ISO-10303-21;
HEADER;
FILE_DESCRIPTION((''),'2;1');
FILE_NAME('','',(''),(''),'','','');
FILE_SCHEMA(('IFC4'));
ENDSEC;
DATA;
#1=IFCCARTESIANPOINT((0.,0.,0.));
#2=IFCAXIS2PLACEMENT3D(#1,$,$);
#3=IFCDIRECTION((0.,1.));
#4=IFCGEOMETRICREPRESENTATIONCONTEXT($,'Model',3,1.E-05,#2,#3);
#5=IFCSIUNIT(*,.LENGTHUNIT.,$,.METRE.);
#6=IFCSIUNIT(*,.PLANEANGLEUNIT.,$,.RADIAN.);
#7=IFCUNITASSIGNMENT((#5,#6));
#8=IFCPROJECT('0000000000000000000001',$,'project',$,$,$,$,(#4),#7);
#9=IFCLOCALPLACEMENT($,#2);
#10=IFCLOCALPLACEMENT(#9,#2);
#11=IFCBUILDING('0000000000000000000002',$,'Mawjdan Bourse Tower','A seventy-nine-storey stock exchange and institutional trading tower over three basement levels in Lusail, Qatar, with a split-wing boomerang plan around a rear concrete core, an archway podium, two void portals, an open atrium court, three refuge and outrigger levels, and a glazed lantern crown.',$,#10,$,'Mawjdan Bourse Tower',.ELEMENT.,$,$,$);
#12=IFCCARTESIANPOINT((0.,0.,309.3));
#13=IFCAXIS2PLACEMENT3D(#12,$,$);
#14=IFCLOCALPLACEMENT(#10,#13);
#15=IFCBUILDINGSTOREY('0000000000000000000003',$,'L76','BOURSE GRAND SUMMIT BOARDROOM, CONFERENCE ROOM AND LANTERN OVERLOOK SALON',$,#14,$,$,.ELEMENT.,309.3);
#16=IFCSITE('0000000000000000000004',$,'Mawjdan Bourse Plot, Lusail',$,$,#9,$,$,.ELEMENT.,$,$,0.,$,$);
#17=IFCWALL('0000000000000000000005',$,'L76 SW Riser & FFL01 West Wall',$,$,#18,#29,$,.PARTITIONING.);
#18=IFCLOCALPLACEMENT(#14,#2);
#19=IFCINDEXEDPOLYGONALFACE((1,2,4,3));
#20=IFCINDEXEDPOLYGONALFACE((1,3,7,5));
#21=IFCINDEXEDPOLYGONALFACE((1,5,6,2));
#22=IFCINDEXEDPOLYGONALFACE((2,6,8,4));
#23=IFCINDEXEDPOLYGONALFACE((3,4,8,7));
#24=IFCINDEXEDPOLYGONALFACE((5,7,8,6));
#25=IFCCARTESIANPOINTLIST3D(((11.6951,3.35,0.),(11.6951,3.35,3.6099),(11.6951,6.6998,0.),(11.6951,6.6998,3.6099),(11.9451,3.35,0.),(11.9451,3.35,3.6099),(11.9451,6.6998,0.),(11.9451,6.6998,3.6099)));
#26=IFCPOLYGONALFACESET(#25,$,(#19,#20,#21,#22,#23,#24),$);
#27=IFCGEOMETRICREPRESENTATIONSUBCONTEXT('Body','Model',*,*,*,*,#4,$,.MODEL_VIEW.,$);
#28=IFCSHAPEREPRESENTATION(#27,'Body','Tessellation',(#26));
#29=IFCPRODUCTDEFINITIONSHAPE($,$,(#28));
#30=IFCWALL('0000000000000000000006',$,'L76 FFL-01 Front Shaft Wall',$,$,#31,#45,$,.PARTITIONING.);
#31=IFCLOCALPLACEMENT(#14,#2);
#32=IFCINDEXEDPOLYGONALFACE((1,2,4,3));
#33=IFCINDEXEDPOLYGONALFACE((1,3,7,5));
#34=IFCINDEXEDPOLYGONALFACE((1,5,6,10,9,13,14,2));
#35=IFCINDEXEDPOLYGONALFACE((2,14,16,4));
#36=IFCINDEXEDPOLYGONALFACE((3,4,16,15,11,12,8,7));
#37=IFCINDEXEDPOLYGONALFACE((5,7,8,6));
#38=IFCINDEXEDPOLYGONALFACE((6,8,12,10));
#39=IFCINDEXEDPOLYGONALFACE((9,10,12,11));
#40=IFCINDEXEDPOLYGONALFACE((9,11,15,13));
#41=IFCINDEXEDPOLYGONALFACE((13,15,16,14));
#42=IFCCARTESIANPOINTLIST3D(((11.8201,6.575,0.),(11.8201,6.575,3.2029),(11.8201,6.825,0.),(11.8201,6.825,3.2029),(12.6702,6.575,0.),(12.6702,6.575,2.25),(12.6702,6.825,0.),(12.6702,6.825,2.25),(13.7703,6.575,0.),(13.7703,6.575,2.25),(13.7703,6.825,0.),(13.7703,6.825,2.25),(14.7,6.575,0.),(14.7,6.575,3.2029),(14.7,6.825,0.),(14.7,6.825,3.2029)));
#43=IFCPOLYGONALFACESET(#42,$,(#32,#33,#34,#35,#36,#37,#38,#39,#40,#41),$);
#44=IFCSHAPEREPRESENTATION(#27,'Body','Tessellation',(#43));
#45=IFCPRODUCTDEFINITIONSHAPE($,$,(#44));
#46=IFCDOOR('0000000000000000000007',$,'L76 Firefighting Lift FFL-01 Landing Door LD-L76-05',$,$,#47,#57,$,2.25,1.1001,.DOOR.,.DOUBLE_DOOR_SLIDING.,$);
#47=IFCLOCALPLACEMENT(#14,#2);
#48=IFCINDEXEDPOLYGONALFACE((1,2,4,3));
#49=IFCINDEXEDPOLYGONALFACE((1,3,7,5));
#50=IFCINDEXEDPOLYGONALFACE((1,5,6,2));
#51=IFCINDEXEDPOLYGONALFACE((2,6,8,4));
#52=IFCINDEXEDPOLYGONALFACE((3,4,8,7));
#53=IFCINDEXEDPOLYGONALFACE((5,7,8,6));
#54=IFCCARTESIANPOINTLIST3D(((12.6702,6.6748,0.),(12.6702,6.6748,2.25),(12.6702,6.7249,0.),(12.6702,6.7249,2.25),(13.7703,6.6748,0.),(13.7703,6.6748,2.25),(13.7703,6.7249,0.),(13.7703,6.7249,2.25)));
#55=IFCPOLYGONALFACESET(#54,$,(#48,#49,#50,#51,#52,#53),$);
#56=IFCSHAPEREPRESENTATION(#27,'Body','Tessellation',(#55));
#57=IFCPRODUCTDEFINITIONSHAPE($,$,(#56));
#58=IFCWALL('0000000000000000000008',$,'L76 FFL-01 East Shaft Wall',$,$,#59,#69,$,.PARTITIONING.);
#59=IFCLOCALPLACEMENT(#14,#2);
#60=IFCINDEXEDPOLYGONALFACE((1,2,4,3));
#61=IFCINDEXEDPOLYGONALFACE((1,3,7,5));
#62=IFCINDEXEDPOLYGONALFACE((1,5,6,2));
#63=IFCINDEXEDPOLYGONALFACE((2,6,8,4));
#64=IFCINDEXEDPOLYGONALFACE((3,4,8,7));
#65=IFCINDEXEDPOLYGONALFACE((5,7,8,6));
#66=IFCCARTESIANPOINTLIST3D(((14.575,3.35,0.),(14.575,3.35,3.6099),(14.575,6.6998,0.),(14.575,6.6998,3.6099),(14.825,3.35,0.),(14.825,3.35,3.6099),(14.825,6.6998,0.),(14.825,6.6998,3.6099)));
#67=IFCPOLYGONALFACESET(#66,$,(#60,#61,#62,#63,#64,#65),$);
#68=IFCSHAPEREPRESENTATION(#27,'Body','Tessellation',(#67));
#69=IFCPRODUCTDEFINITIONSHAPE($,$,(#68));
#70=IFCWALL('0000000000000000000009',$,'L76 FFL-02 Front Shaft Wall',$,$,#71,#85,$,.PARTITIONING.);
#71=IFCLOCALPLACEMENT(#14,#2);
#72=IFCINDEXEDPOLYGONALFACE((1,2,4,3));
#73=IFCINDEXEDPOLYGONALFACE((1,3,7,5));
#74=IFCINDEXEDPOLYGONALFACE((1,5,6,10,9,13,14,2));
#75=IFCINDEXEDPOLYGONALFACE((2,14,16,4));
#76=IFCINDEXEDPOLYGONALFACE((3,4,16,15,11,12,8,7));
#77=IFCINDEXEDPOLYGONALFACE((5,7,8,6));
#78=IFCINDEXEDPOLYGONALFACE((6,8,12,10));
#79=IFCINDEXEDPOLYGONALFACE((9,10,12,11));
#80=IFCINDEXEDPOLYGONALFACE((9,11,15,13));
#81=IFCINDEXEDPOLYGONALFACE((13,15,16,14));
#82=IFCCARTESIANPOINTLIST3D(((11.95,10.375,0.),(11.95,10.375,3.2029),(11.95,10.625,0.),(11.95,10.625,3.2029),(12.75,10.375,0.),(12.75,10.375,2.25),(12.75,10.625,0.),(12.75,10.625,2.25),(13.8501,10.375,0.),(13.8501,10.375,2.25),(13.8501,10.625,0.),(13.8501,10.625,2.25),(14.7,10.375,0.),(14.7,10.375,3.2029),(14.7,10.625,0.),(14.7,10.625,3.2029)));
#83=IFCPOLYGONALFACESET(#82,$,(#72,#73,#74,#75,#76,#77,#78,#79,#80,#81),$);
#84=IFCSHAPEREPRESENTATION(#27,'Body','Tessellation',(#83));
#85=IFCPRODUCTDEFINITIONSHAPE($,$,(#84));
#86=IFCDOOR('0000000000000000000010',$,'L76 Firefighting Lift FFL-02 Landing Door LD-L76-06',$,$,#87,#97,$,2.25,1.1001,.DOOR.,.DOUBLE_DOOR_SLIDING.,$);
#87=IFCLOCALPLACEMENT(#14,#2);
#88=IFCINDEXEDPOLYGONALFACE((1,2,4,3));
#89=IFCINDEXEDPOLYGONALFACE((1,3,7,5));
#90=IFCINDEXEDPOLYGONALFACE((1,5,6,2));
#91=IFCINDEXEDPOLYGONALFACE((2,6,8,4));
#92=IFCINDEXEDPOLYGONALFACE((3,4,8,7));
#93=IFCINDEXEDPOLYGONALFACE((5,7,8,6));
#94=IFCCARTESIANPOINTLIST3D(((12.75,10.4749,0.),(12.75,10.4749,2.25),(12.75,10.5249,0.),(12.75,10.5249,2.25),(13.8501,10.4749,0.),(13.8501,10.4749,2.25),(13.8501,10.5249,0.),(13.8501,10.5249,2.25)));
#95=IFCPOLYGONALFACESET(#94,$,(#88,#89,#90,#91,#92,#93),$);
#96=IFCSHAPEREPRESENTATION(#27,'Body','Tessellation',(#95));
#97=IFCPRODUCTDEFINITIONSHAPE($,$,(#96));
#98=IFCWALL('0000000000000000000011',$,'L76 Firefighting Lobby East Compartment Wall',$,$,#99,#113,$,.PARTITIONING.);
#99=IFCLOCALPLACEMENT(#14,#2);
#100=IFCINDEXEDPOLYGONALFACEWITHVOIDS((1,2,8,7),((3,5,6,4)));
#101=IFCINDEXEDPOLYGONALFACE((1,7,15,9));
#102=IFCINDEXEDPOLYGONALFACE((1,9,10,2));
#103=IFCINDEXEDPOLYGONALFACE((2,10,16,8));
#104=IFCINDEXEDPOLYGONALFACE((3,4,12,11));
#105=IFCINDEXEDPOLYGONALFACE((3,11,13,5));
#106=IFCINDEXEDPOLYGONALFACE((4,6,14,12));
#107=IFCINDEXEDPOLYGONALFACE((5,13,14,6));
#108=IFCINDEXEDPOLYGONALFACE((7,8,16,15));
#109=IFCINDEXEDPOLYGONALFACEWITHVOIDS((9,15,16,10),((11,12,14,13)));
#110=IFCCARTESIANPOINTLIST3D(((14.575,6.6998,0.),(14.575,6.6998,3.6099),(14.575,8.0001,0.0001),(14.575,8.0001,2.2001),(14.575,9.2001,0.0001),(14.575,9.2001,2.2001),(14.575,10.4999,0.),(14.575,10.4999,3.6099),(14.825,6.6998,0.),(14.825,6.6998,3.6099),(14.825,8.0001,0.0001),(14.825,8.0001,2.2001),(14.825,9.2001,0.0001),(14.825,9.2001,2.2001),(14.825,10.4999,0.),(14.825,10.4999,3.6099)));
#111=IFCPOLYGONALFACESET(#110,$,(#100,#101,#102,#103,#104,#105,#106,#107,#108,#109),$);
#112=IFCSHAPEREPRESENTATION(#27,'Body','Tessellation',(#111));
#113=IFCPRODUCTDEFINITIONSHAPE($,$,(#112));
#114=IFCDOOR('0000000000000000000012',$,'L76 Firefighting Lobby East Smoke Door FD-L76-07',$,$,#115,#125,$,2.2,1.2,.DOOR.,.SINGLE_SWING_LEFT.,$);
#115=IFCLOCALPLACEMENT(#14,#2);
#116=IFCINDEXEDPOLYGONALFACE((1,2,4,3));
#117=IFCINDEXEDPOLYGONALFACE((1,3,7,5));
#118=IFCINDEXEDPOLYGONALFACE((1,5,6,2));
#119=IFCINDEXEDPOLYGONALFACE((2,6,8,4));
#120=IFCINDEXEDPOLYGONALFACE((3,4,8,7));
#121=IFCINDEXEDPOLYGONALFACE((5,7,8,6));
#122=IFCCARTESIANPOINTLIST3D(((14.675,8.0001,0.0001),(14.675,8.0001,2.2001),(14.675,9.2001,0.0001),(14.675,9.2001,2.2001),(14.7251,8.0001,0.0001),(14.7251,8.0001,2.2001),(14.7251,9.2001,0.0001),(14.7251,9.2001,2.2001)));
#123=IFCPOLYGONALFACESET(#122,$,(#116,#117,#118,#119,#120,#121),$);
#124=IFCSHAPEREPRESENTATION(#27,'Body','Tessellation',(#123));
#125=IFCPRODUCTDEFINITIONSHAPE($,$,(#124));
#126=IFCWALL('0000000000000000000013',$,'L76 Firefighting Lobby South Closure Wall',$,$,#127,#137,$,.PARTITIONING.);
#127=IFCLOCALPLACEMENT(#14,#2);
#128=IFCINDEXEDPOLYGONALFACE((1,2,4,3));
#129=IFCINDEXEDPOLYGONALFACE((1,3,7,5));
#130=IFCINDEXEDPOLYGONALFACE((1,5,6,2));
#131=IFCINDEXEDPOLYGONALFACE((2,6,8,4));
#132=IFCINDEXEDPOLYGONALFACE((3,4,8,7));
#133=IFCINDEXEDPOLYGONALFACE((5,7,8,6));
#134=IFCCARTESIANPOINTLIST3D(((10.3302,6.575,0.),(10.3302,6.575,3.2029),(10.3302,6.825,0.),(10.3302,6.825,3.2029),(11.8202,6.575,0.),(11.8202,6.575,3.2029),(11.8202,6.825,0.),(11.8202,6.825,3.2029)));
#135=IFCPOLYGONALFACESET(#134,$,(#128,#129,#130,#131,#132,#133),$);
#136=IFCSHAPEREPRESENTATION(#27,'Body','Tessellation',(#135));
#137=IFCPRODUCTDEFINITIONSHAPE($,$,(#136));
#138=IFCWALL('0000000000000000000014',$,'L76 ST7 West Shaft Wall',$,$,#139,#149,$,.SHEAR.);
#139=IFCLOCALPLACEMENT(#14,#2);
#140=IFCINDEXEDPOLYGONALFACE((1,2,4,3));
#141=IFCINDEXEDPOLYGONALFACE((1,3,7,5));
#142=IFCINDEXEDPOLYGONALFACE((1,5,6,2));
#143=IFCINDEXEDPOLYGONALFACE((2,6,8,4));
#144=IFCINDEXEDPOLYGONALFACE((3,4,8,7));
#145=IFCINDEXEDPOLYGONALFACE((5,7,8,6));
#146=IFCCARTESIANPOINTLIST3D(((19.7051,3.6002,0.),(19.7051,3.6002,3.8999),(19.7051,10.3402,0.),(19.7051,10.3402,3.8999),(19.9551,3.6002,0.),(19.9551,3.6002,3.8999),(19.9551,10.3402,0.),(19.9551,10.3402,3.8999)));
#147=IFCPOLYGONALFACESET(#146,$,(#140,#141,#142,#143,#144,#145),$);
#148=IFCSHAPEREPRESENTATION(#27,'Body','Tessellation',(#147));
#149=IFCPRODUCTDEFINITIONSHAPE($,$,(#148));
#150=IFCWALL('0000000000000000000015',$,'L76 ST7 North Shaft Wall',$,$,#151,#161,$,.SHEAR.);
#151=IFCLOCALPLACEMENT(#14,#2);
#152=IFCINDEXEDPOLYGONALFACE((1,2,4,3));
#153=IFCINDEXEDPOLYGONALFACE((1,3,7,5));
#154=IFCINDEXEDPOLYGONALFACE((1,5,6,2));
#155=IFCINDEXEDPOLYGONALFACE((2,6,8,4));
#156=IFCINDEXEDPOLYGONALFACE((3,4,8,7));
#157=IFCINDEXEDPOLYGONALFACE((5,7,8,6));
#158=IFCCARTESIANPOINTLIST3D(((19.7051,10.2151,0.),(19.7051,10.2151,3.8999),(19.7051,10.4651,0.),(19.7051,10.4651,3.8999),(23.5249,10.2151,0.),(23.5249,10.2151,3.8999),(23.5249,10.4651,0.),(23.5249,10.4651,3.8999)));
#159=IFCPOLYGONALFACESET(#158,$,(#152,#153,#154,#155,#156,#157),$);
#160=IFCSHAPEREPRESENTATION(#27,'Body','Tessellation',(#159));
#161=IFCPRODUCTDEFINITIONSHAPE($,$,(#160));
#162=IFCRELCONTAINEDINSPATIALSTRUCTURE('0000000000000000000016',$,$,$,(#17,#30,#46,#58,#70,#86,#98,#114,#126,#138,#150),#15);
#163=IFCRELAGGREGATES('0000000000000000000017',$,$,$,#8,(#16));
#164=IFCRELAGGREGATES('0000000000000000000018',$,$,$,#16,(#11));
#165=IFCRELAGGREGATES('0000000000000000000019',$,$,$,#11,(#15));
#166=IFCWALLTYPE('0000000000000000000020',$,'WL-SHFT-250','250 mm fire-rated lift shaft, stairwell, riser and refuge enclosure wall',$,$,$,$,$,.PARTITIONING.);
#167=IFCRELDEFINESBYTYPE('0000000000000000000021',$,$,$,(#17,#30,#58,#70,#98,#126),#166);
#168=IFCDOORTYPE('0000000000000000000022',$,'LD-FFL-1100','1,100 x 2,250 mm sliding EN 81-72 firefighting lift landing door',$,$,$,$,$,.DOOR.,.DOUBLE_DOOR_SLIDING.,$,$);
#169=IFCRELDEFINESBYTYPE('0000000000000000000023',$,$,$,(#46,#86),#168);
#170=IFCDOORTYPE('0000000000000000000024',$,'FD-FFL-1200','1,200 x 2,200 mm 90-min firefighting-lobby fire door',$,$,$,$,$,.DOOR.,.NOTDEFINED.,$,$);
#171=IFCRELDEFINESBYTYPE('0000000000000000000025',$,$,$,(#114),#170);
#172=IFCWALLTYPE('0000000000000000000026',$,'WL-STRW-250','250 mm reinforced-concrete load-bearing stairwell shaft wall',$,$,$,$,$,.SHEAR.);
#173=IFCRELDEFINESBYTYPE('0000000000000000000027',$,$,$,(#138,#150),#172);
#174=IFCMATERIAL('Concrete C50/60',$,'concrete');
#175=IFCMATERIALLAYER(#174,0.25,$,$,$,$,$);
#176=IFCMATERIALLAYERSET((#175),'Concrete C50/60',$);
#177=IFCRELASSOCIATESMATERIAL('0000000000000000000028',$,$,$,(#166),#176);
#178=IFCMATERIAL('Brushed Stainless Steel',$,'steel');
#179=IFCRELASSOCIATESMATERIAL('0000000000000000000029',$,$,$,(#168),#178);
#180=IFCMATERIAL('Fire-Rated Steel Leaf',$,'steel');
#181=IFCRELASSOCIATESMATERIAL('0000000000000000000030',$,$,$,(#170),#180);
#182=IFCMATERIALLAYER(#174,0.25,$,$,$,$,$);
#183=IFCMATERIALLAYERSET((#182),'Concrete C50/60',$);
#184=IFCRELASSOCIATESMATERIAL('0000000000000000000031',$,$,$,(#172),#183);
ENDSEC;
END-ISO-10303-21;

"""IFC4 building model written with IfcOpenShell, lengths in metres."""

from ifc_helpers import new_model, si_unit, direction, frame, frame_2d, origin, place, context, subcontext, project, spatial, rectangle, extrude, material, layer, layer_set, type_object, element, fill, save


model = new_model("IFC4")

# Units and contexts
model_context = context("Model", 3, precision=1e-05, world=origin(), true_north=direction((0.0, 1.0)))
body_context = subcontext(model_context, "Body", "Model", "MODEL_VIEW")
ifc_project = project(units=[si_unit("LENGTHUNIT", "METRE"), si_unit("PLANEANGLEUNIT", "RADIAN")], contexts=[model_context])

# Site, building, storey
site_placement = place(None, origin())
site = spatial("IfcSite", under=ifc_project, at=site_placement, Name="Mawjdan Bourse Plot, Lusail", CompositionType="ELEMENT", RefElevation=0.0)
building_placement = place(site_placement, origin())
building = spatial("IfcBuilding", under=site, at=building_placement, Name="Mawjdan Bourse Tower", Description="A seventy-nine-storey stock exchange and institutional trading tower over three basement levels in Lusail, Qatar, with a split-wing boomerang plan around a rear concrete core, an archway podium, two void portals, an open atrium court, three refuge and outrigger levels, and a glazed lantern crown.", LongName="Mawjdan Bourse Tower", CompositionType="ELEMENT")
storey_placement = place(building_placement, frame((0.0, 0.0, 309.3)))
storey = spatial("IfcBuildingStorey", under=building, at=storey_placement, Name="L76", Description="BOURSE GRAND SUMMIT BOARDROOM, CONFERENCE ROOM AND LANTERN OVERLOOK SALON", CompositionType="ELEMENT", Elevation=309.3)

# Wall
ifc_material_1 = material(Name="Concrete C50/60", Category="concrete")
ifc_layer_1 = layer(ifc_material_1, 0.25)
ifc_layer_set_1 = layer_set([ifc_layer_1], Name="Concrete C50/60")
wall_type_1 = type_object("IfcWallType", Name="WL-SHFT-250", Description="250 mm fire-rated lift shaft, stairwell, riser and refuge enclosure wall", PredefinedType="PARTITIONING", material=ifc_layer_set_1)
wall_1_placement = place(storey_placement, frame((11.8201, 3.3501, 0.0), z_axis=(0.0, 0.0, 1.0), x_axis=(0.0, 1.0, 0.0)))
element("IfcWall", 1, at=wall_1_placement, inside=storey, type_object=wall_type_1, Name="L76 SW Riser & FFL01 West Wall", PredefinedType="PARTITIONING", context=body_context, shape_type="SweptSolid", body=[
    extrude(rectangle(XDim=3.3499, YDim=0.25, at=frame_2d((1.6748, 0.0))), origin(), (0.0, 0.0, 1.0), 3.6099),
])

# Wall, opening, door
wall_2_placement = place(storey_placement, frame((11.8201, 6.7, 0.0), z_axis=(0.0, 0.0, 1.0), x_axis=(1.0, 0.0, 0.0)))
wall_2 = element("IfcWall", 2, at=wall_2_placement, inside=storey, type_object=wall_type_1, Name="L76 FFL-01 Front Shaft Wall", PredefinedType="PARTITIONING", context=body_context, shape_type="SweptSolid", body=[
    extrude(rectangle(XDim=2.8799, YDim=0.25, at=frame_2d((1.4399, 0.0))), origin(), (0.0, 0.0, 1.0), 3.2029),
])
opening_1_placement = place(wall_2_placement, frame((0.8501, 0.0, 0.0)))
opening_1 = element("IfcOpeningElement", 3, at=opening_1_placement, cuts=wall_2, PredefinedType="OPENING", context=body_context, shape_type="SweptSolid", body=[
    extrude(rectangle(XDim=1.1001, YDim=2.25, at=frame_2d((0.55, 1.125))), frame((0.0, 0.135, 0.0), z_axis=(0.0, -1.0, 0.0), x_axis=(1.0, 0.0, 0.0)), (0.0, 0.0, 1.0), 0.27),
])
ifc_material_2 = material(Name="Brushed Stainless Steel", Category="steel")
door_type_1 = type_object("IfcDoorType", Name="LD-FFL-1100", Description="1,100 x 2,250 mm sliding EN 81-72 firefighting lift landing door", OperationType="DOUBLE_DOOR_SLIDING", PredefinedType="DOOR", material=ifc_material_2)
door_1_placement = place(opening_1_placement, origin())
door_1 = element("IfcDoor", 4, at=door_1_placement, inside=storey, type_object=door_type_1, Name="L76 Firefighting Lift FFL-01 Landing Door LD-L76-05", OperationType="DOUBLE_DOOR_SLIDING", OverallHeight=2.25, OverallWidth=1.1001, PredefinedType="DOOR", context=body_context, shape_type="SweptSolid", body=[
    extrude(rectangle(XDim=1.1001, YDim=2.25, at=frame_2d((0.55, 1.125))), frame((0.0, 0.0249, 0.0), z_axis=(0.0, -1.0, 0.0), x_axis=(1.0, 0.0, 0.0)), (0.0, 0.0, 1.0), 0.05),
])
fill(opening_1, door_1)

# Wall
wall_3_placement = place(storey_placement, frame((14.7, 3.3501, 0.0), z_axis=(0.0, 0.0, 1.0), x_axis=(0.0, 1.0, 0.0)))
element("IfcWall", 5, at=wall_3_placement, inside=storey, type_object=wall_type_1, Name="L76 FFL-01 East Shaft Wall", PredefinedType="PARTITIONING", context=body_context, shape_type="SweptSolid", body=[
    extrude(rectangle(XDim=3.3499, YDim=0.25, at=frame_2d((1.6748, 0.0))), origin(), (0.0, 0.0, 1.0), 3.6099),
])

# Walls, openings, doors
wall_4_placement = place(storey_placement, frame((11.95, 10.5, 0.0), z_axis=(0.0, 0.0, 1.0), x_axis=(1.0, 0.0, 0.0)))
wall_4 = element("IfcWall", 6, at=wall_4_placement, inside=storey, type_object=wall_type_1, Name="L76 FFL-02 Front Shaft Wall", PredefinedType="PARTITIONING", context=body_context, shape_type="SweptSolid", body=[
    extrude(rectangle(XDim=2.75, YDim=0.25, at=frame_2d((1.375, 0.0))), origin(), (0.0, 0.0, 1.0), 3.2029),
])
opening_2_placement = place(wall_4_placement, frame((0.8, 0.0, 0.0)))
opening_2 = element("IfcOpeningElement", 7, at=opening_2_placement, cuts=wall_4, PredefinedType="OPENING", context=body_context, shape_type="SweptSolid", body=[
    extrude(rectangle(XDim=1.1001, YDim=2.25, at=frame_2d((0.55, 1.125))), frame((0.0, 0.135, 0.0), z_axis=(0.0, -1.0, 0.0), x_axis=(1.0, 0.0, 0.0)), (0.0, 0.0, 1.0), 0.27),
])
door_2_placement = place(opening_2_placement, origin())
door_2 = element("IfcDoor", 8, at=door_2_placement, inside=storey, type_object=door_type_1, Name="L76 Firefighting Lift FFL-02 Landing Door LD-L76-06", OperationType="DOUBLE_DOOR_SLIDING", OverallHeight=2.25, OverallWidth=1.1001, PredefinedType="DOOR", context=body_context, shape_type="SweptSolid", body=[
    extrude(rectangle(XDim=1.1001, YDim=2.25, at=frame_2d((0.55, 1.125))), frame((0.0, 0.0249, 0.0), z_axis=(0.0, -1.0, 0.0), x_axis=(1.0, 0.0, 0.0)), (0.0, 0.0, 1.0), 0.05),
])
fill(opening_2, door_2)
wall_5_placement = place(storey_placement, frame((14.7, 6.7, 0.0), z_axis=(0.0, 0.0, 1.0), x_axis=(0.0, 1.0, 0.0)))
wall_5 = element("IfcWall", 9, at=wall_5_placement, inside=storey, type_object=wall_type_1, Name="L76 Firefighting Lobby East Compartment Wall", PredefinedType="PARTITIONING", context=body_context, shape_type="SweptSolid", body=[
    extrude(rectangle(XDim=3.8, YDim=0.25, at=frame_2d((1.8999, 0.0))), origin(), (0.0, 0.0, 1.0), 3.6099),
])
opening_3_placement = place(wall_5_placement, frame((1.3, 0.0, 0.0)))
opening_3 = element("IfcOpeningElement", 10, at=opening_3_placement, cuts=wall_5, PredefinedType="OPENING", context=body_context, shape_type="SweptSolid", body=[
    extrude(rectangle(XDim=1.2, YDim=2.2, at=frame_2d((0.6001, 1.1001))), frame((0.0, 0.135, 0.0), z_axis=(0.0, -1.0, 0.0), x_axis=(1.0, 0.0, 0.0)), (0.0, 0.0, 1.0), 0.27),
])
ifc_material_3 = material(Name="Fire-Rated Steel Leaf", Category="steel")
door_type_2 = type_object("IfcDoorType", Name="FD-FFL-1200", Description="1,200 x 2,200 mm 90-min firefighting-lobby fire door", OperationType="NOTDEFINED", PredefinedType="DOOR", material=ifc_material_3)
door_3_placement = place(opening_3_placement, origin())
door_3 = element("IfcDoor", 11, at=door_3_placement, inside=storey, type_object=door_type_2, Name="L76 Firefighting Lobby East Smoke Door FD-L76-07", OperationType="SINGLE_SWING_LEFT", OverallHeight=2.2, OverallWidth=1.2, PredefinedType="DOOR", context=body_context, shape_type="SweptSolid", body=[
    extrude(rectangle(XDim=1.2, YDim=2.2, at=frame_2d((0.6001, 1.1001))), frame((0.0, 0.0249, 0.0), z_axis=(0.0, -1.0, 0.0), x_axis=(1.0, 0.0, 0.0)), (0.0, 0.0, 1.0), 0.05),
])
fill(opening_3, door_3)

# Walls
wall_6_placement = place(storey_placement, frame((10.3301, 6.7, 0.0), z_axis=(0.0, 0.0, 1.0), x_axis=(1.0, 0.0, 0.0)))
element("IfcWall", 12, at=wall_6_placement, inside=storey, type_object=wall_type_1, Name="L76 Firefighting Lobby South Closure Wall", PredefinedType="PARTITIONING", context=body_context, shape_type="SweptSolid", body=[
    extrude(rectangle(XDim=1.49, YDim=0.25, at=frame_2d((0.7451, 0.0))), origin(), (0.0, 0.0, 1.0), 3.2029),
])
ifc_layer_2 = layer(ifc_material_1, 0.25)
ifc_layer_set_2 = layer_set([ifc_layer_2], Name="Concrete C50/60")
wall_type_2 = type_object("IfcWallType", Name="WL-STRW-250", Description="250 mm reinforced-concrete load-bearing stairwell shaft wall", PredefinedType="SHEAR", material=ifc_layer_set_2)
wall_7_placement = place(storey_placement, frame((19.8301, 3.6001, 0.0), z_axis=(0.0, 0.0, 1.0), x_axis=(0.0, 1.0, 0.0)))
element("IfcWall", 13, at=wall_7_placement, inside=storey, type_object=wall_type_2, Name="L76 ST7 West Shaft Wall", PredefinedType="SHEAR", context=body_context, shape_type="SweptSolid", body=[
    extrude(rectangle(XDim=6.74, YDim=0.25, at=frame_2d((3.3701, 0.0))), origin(), (0.0, 0.0, 1.0), 3.8999),
])
wall_8_placement = place(storey_placement, frame((19.7051, 10.3401, 0.0), z_axis=(0.0, 0.0, 1.0), x_axis=(1.0, 0.0, 0.0)))
element("IfcWall", 14, at=wall_8_placement, inside=storey, type_object=wall_type_2, Name="L76 ST7 North Shaft Wall", PredefinedType="SHEAR", context=body_context, shape_type="SweptSolid", body=[
    extrude(rectangle(XDim=3.8198, YDim=0.25, at=frame_2d((1.9099, 0.0))), origin(), (0.0, 0.0, 1.0), 3.8999),
])

save(model, "model.ifc")
